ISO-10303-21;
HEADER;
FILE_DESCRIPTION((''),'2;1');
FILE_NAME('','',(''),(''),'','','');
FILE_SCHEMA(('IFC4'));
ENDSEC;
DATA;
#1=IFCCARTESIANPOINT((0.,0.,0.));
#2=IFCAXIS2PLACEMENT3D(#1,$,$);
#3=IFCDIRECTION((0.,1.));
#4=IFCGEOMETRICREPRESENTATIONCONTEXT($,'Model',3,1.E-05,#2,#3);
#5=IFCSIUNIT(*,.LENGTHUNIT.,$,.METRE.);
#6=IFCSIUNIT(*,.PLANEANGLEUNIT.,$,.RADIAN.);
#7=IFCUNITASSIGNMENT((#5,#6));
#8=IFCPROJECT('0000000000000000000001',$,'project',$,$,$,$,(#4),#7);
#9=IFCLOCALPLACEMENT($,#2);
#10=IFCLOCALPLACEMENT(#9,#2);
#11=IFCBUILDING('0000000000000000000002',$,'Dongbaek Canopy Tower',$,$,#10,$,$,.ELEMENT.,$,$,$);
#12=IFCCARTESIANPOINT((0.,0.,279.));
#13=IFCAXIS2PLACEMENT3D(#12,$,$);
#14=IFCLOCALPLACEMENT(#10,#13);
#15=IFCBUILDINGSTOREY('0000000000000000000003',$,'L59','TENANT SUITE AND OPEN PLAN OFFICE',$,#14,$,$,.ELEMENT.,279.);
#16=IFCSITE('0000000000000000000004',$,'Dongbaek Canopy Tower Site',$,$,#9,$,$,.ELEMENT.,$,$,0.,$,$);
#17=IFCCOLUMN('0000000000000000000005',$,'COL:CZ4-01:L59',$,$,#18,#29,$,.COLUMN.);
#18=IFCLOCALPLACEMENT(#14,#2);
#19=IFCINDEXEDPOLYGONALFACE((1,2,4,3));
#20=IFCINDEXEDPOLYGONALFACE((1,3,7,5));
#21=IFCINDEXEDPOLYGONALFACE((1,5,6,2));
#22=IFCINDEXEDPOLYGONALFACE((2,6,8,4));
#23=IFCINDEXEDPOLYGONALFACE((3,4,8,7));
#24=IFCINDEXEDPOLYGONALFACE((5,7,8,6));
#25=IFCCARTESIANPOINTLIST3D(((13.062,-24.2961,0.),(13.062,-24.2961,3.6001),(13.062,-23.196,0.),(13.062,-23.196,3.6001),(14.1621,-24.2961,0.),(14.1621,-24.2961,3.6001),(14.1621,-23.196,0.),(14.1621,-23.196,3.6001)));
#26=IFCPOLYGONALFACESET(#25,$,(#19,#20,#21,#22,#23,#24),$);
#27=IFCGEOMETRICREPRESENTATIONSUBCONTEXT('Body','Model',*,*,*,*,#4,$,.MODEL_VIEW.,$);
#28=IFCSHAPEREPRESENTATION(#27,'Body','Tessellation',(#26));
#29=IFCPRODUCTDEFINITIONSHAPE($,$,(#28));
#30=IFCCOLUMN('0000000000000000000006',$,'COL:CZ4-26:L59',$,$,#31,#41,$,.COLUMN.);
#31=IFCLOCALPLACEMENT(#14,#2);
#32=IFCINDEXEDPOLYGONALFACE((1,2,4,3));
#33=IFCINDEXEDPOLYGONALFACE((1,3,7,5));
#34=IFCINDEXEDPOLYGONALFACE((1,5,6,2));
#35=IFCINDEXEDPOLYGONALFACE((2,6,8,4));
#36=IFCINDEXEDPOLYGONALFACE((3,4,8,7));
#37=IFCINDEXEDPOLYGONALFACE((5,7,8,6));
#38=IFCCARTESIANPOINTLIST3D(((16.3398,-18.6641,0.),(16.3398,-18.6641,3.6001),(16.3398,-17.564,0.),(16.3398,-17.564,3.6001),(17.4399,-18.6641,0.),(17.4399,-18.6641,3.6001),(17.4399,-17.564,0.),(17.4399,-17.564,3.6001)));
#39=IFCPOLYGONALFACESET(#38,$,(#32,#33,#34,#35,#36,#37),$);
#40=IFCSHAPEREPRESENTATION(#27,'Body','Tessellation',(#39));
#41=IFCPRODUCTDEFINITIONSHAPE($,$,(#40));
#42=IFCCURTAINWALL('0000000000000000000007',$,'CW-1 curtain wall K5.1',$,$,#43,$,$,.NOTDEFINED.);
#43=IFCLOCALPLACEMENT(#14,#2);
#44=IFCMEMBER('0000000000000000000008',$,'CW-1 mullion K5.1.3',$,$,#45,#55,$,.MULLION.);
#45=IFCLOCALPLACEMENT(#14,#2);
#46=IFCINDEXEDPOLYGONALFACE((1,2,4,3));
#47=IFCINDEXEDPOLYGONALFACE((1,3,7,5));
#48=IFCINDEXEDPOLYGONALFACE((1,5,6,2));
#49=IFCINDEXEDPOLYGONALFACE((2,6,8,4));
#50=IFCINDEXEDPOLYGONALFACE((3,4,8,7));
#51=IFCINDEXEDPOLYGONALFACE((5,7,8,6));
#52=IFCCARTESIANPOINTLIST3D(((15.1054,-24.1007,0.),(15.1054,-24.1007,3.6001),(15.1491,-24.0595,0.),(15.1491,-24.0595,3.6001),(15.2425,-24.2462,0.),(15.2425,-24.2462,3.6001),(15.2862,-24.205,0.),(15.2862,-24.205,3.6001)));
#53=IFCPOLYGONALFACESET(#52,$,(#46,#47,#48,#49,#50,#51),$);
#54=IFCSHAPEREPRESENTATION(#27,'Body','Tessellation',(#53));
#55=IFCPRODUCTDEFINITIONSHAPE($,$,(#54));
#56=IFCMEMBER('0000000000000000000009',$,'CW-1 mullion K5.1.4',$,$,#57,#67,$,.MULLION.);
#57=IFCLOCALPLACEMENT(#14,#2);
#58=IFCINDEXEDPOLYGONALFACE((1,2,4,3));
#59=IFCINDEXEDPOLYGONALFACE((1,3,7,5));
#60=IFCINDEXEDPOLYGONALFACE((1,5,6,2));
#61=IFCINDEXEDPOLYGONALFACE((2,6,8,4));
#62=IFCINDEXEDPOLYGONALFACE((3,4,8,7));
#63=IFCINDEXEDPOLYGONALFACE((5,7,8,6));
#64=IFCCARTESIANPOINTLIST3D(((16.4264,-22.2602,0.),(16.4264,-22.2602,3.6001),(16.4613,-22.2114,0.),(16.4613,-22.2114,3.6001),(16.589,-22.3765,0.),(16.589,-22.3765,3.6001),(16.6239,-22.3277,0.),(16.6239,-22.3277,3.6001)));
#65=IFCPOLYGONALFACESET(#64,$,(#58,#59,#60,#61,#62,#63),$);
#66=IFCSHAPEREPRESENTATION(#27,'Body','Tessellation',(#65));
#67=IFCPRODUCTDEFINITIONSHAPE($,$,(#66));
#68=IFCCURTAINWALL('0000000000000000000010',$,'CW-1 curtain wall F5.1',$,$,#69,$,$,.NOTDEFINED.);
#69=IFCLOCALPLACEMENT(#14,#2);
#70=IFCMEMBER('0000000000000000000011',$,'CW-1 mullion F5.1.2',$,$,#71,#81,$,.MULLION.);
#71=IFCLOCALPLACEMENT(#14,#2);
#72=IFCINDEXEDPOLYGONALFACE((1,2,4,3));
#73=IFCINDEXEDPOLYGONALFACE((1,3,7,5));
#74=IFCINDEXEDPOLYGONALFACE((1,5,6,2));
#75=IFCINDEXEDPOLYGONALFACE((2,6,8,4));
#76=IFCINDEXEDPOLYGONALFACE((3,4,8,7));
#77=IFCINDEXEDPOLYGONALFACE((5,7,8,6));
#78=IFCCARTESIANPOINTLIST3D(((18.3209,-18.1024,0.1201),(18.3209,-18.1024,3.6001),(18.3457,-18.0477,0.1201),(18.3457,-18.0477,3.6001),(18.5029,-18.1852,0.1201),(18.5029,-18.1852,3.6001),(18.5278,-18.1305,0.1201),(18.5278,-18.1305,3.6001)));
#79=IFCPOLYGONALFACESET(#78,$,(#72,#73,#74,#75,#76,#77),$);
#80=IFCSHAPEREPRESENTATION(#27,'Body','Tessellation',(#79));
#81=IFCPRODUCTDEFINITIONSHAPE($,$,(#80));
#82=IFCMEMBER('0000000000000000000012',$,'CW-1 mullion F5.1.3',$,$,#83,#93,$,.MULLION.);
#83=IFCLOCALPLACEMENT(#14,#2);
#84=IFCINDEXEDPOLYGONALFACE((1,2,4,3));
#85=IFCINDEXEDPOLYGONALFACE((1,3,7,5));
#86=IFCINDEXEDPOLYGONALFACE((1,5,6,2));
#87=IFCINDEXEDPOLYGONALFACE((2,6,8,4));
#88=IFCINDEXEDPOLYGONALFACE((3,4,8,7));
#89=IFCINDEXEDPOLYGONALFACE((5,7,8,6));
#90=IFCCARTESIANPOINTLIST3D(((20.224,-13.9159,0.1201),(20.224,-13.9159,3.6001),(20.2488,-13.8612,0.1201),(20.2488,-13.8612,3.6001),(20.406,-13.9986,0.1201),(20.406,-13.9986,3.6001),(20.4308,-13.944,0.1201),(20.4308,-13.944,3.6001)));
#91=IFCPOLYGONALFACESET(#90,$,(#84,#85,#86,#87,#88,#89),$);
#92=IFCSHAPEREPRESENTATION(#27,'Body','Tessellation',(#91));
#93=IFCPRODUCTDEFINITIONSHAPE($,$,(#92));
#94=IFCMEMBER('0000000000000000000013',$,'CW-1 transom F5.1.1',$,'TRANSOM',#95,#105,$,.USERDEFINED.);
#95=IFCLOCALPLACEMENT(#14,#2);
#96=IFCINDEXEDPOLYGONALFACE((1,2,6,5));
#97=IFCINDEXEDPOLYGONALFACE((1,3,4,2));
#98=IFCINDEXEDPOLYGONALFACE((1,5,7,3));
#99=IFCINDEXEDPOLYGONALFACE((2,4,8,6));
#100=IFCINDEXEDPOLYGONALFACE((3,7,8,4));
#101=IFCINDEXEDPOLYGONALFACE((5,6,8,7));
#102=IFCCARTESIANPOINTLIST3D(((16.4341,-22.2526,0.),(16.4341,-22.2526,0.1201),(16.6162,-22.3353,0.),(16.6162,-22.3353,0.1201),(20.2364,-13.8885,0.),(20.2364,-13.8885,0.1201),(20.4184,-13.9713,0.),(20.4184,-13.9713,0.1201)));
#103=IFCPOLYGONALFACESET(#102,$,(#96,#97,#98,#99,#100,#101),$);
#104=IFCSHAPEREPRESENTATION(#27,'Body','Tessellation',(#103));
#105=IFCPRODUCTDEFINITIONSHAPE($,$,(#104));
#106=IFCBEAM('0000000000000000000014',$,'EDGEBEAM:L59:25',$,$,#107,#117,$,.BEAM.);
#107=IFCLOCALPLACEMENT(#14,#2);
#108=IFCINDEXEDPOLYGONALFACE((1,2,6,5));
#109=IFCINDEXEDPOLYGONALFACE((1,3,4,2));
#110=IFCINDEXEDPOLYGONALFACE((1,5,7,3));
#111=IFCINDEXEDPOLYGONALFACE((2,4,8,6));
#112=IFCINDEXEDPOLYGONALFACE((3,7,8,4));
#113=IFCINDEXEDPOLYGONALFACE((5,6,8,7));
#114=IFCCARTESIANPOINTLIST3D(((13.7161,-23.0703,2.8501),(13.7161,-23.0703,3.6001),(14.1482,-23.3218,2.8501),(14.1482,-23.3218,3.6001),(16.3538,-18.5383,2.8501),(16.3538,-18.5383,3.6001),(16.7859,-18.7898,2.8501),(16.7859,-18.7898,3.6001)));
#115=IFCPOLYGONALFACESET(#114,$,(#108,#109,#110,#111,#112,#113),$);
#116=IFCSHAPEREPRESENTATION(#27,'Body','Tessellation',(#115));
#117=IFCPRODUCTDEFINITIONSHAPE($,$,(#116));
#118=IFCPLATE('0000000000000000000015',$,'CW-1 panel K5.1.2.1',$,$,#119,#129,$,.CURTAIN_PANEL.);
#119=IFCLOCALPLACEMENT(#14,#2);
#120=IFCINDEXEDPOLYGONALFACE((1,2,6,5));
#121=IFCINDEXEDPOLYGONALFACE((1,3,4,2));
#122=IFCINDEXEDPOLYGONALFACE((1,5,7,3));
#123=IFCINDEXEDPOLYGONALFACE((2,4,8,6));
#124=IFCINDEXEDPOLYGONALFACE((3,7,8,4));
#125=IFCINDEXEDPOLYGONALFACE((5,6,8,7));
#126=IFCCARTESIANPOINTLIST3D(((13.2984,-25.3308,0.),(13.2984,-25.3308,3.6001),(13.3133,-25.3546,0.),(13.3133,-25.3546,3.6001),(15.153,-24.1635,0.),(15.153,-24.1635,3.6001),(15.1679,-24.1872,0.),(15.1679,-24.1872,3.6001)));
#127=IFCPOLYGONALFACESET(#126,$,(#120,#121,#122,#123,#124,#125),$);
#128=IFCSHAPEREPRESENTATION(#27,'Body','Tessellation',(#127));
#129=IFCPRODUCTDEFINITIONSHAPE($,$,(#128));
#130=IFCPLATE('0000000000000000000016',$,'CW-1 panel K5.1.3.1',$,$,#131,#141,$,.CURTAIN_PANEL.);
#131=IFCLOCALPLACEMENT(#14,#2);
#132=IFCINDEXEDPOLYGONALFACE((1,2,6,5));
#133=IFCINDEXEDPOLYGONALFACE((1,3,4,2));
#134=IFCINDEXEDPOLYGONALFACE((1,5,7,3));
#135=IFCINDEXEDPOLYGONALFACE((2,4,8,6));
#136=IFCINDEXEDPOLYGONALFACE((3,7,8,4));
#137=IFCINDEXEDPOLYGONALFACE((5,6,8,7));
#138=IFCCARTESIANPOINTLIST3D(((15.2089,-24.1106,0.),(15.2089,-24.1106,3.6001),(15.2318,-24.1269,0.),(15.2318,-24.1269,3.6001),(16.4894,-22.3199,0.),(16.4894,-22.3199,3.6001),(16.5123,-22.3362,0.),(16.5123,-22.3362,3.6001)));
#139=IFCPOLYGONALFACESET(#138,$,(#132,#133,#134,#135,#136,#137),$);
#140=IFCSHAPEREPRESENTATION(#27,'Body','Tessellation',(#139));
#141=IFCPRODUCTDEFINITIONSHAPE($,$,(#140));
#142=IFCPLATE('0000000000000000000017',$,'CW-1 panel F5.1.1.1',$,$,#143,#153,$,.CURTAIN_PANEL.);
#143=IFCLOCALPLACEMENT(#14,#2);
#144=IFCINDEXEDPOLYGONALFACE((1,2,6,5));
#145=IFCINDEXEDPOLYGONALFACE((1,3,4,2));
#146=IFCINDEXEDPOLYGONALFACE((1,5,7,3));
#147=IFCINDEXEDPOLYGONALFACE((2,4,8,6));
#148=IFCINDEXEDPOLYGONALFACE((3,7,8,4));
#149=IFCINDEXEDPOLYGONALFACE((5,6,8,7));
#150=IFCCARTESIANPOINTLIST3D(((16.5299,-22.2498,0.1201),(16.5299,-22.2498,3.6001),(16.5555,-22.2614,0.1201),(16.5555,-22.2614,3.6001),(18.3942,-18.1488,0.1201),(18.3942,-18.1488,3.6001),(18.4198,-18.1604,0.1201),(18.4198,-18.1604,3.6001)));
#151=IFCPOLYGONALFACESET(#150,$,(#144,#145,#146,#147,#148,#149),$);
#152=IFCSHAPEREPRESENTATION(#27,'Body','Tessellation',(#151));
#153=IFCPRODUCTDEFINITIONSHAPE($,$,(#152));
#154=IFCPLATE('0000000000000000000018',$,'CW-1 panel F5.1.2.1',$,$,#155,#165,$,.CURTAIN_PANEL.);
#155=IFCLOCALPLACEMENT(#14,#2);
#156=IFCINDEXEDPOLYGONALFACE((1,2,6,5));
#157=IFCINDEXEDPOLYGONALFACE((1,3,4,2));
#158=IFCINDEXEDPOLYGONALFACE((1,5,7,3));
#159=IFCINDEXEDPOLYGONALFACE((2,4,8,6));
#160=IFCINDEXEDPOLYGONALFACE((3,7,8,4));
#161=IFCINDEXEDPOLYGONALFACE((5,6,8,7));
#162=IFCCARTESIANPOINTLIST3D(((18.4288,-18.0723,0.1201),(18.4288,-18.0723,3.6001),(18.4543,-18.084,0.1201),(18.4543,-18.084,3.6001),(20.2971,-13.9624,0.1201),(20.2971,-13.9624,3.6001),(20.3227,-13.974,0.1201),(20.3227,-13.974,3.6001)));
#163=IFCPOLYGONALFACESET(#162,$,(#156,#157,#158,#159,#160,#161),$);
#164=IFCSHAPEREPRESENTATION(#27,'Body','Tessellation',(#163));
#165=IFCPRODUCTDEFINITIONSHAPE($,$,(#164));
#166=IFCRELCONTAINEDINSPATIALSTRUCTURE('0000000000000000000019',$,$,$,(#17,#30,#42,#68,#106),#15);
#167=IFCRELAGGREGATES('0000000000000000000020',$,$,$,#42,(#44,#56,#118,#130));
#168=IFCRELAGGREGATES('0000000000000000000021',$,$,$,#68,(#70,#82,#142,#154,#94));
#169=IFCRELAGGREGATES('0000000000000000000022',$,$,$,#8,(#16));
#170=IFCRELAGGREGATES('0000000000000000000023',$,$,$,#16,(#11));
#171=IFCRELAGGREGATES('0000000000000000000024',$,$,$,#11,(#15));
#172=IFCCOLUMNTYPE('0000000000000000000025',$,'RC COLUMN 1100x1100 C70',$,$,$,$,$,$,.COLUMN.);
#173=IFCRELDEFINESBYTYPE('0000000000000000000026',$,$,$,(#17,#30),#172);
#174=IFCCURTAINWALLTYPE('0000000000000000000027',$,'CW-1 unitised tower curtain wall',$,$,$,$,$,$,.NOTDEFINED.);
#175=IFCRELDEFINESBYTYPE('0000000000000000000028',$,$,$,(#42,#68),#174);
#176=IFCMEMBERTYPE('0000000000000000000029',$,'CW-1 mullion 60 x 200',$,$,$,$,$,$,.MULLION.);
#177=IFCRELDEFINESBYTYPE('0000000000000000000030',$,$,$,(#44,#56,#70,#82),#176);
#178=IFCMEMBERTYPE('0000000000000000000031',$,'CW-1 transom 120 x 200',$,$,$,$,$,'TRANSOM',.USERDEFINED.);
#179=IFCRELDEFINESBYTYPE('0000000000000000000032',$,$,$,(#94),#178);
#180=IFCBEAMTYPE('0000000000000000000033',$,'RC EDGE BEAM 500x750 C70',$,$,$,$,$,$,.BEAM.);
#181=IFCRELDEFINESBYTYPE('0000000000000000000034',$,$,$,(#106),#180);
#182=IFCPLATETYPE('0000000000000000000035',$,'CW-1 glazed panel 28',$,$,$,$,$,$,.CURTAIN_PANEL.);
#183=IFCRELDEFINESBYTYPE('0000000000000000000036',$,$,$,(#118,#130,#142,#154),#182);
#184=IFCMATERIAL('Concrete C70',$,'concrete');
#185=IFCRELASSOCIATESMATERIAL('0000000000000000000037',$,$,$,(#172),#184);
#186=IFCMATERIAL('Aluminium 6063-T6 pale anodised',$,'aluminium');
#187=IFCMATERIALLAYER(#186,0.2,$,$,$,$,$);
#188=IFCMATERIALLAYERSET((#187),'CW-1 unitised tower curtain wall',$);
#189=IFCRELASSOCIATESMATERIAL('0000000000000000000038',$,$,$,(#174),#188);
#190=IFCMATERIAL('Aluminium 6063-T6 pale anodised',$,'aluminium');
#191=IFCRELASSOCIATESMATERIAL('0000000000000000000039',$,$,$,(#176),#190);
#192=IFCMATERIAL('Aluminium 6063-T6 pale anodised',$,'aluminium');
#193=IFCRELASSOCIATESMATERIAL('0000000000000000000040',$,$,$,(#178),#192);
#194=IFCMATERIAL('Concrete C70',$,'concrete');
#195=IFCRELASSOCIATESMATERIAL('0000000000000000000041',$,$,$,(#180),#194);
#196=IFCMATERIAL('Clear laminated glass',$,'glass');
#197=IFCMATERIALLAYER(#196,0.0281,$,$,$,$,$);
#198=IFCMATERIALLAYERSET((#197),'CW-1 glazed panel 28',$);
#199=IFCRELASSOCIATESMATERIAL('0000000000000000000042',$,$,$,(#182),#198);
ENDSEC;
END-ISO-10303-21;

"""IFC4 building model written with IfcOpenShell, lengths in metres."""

from ifc_helpers import new_model, si_unit, direction, frame, origin, origin_2d, place, context, subcontext, project, spatial, rectangle, extrude, material, layer, layer_set, material_profile, profile_set, type_object, element, aggregate, save


model = new_model("IFC4")

# Units and contexts
model_context = context("Model", 3, precision=1e-05, world=origin(), true_north=direction((0.0, 1.0)))
body_context = subcontext(model_context, "Body", "Model", "MODEL_VIEW")
ifc_project = project(units=[si_unit("LENGTHUNIT", "METRE"), si_unit("PLANEANGLEUNIT", "RADIAN")], contexts=[model_context])

# Site, building, storey
site_placement = place(None, origin())
site = spatial("IfcSite", under=ifc_project, at=site_placement, Name="Dongbaek Canopy Tower Site", CompositionType="ELEMENT", RefElevation=0.0)
building_placement = place(site_placement, origin())
building = spatial("IfcBuilding", under=site, at=building_placement, Name="Dongbaek Canopy Tower", CompositionType="ELEMENT")
storey_placement = place(building_placement, frame((0.0, 0.0, 279.0)))
storey = spatial("IfcBuildingStorey", under=building, at=storey_placement, Name="L59", Description="TENANT SUITE AND OPEN PLAN OFFICE", CompositionType="ELEMENT", Elevation=279.0)

# Columns
ifc_material_1 = material(Name="Concrete C70", Category="concrete")
ifc_material_profile_1 = material_profile(ifc_material_1, rectangle(XDim=1.1001, YDim=1.1001, at=origin_2d()), Name="RC COLUMN 1100x1100 C70")
ifc_profile_set_1 = profile_set([ifc_material_profile_1], Name="Concrete C70")
column_type = type_object("IfcColumnType", Name="RC COLUMN 1100x1100 C70", PredefinedType="COLUMN", material=ifc_profile_set_1)
for number, where, z_axis, x_axis, name in (
    (1, (13.6121, -23.7461, 0.0), (0.0, 0.0, 1.0), (1.0, 0.0, 0.0), "COL:CZ4-01:L59"),
    (2, (16.8899, -18.114, 0.0), (0.0, 0.0, 1.0), (1.0, 0.0, 0.0), "COL:CZ4-26:L59"),
):
    element("IfcColumn", number, at=place(storey_placement, frame(where, z_axis=z_axis, x_axis=x_axis)), inside=storey, type_object=column_type, Name=name, PredefinedType="COLUMN", context=body_context, shape_type="SweptSolid", body=[
        extrude(rectangle(XDim=1.1001, YDim=1.1001, at=origin_2d()), origin(), (0.0, 0.0, 1.0), 3.6001),
    ])

# Curtain walls, members
ifc_material_2 = material(Name="Aluminium 6063-T6 pale anodised", Category="aluminium")
ifc_layer_1 = layer(ifc_material_2, 0.2)
ifc_layer_set_1 = layer_set([ifc_layer_1], Name="CW-1 unitised tower curtain wall")
curtain_wall_type = type_object("IfcCurtainWallType", Name="CW-1 unitised tower curtain wall", PredefinedType="NOTDEFINED", material=ifc_layer_set_1)
curtain_wall_1_placement = place(storey_placement, origin())
curtain_wall_1 = element("IfcCurtainWall", 3, at=curtain_wall_1_placement, inside=storey, type_object=curtain_wall_type, Name="CW-1 curtain wall K5.1", PredefinedType="NOTDEFINED")
ifc_material_3 = material(Name="Aluminium 6063-T6 pale anodised", Category="aluminium")
ifc_material_profile_2 = material_profile(ifc_material_3, rectangle(XDim=0.2, YDim=0.0601, at=origin_2d()), Name="CW-1 mullion 60 x 200")
ifc_profile_set_2 = profile_set([ifc_material_profile_2], Name="Aluminium 6063-T6 pale anodised")
member_type_1 = type_object("IfcMemberType", Name="CW-1 mullion 60 x 200", PredefinedType="MULLION", material=ifc_profile_set_2)
member_1_placement = place(storey_placement, frame((15.1958, -24.1528, 0.0), z_axis=(0.0, 0.0, 1.0), x_axis=(0.68595, -0.727649, 0.0)))
member_1 = element("IfcMember", 4, at=member_1_placement, type_object=member_type_1, Name="CW-1 mullion K5.1.3", PredefinedType="MULLION", context=body_context, shape_type="SweptSolid", body=[
    extrude(rectangle(XDim=0.2, YDim=0.0601, at=origin_2d()), origin(), (0.0, 0.0, 1.0), 3.6001),
])
member_2_placement = place(storey_placement, frame((16.5251, -22.2939, 0.0), z_axis=(0.0, 0.0, 1.0), x_axis=(0.813427, -0.581667, 0.0)))
member_2 = element("IfcMember", 5, at=member_2_placement, type_object=member_type_1, Name="CW-1 mullion K5.1.4", PredefinedType="MULLION", context=body_context, shape_type="SweptSolid", body=[
    extrude(rectangle(XDim=0.2, YDim=0.0601, at=origin_2d()), origin(), (0.0, 0.0, 1.0), 3.6001),
])
curtain_wall_2_placement = place(storey_placement, origin())
curtain_wall_2 = element("IfcCurtainWall", 6, at=curtain_wall_2_placement, inside=storey, type_object=curtain_wall_type, Name="CW-1 curtain wall F5.1", PredefinedType="NOTDEFINED")
member_3_placement = place(storey_placement, frame((18.4243, -18.1165, 0.1201), z_axis=(0.0, 0.0, 1.0), x_axis=(0.910351, -0.413837, 0.0)))
member_3 = element("IfcMember", 7, at=member_3_placement, type_object=member_type_1, Name="CW-1 mullion F5.1.2", PredefinedType="MULLION", context=body_context, shape_type="SweptSolid", body=[
    extrude(rectangle(XDim=0.2, YDim=0.0601, at=origin_2d()), origin(), (0.0, 0.0, 1.0), 3.48),
])
member_4_placement = place(storey_placement, frame((20.3274, -13.9299, 0.1201), z_axis=(0.0, 0.0, 1.0), x_axis=(0.910351, -0.413837, 0.0)))
member_4 = element("IfcMember", 8, at=member_4_placement, type_object=member_type_1, Name="CW-1 mullion F5.1.3", PredefinedType="MULLION", context=body_context, shape_type="SweptSolid", body=[
    extrude(rectangle(XDim=0.2, YDim=0.0601, at=origin_2d()), origin(), (0.0, 0.0, 1.0), 3.48),
])
ifc_material_4 = material(Name="Aluminium 6063-T6 pale anodised", Category="aluminium")
ifc_material_profile_3 = material_profile(ifc_material_4, rectangle(XDim=0.2, YDim=0.1201, at=origin_2d()), Name="CW-1 transom 120 x 200")
ifc_profile_set_3 = profile_set([ifc_material_profile_3], Name="Aluminium 6063-T6 pale anodised")
member_type_2 = type_object("IfcMemberType", Name="CW-1 transom 120 x 200", ElementType="TRANSOM", PredefinedType="USERDEFINED", material=ifc_profile_set_3)
member_5_placement = place(storey_placement, frame((16.5251, -22.2939, 0.0601), z_axis=(0.413841, 0.910349, 0.0), x_axis=(-0.910349, 0.413841, 0.0)))
member_5 = element("IfcMember", 9, at=member_5_placement, type_object=member_type_2, Name="CW-1 transom F5.1.1", ObjectType="TRANSOM", PredefinedType="USERDEFINED", context=body_context, shape_type="SweptSolid", body=[
    extrude(rectangle(XDim=0.2, YDim=0.1201, at=origin_2d()), origin(), (0.0, 0.0, 1.0), 9.1877),
])

# Beam
ifc_material_5 = material(Name="Concrete C70", Category="concrete")
ifc_material_profile_4 = material_profile(ifc_material_5, rectangle(XDim=0.5, YDim=0.75, at=origin_2d()), Name="RC EDGE BEAM 500x750 C70")
ifc_profile_set_4 = profile_set([ifc_material_profile_4], Name="Concrete C70")
beam_type = type_object("IfcBeamType", Name="RC EDGE BEAM 500x750 C70", PredefinedType="BEAM", material=ifc_profile_set_4)
beam_placement = place(storey_placement, frame((16.5698, -18.6641, 3.2251), z_axis=(-0.503023, -0.864273, 0.0), x_axis=(0.864273, -0.503023, 0.0)))
element("IfcBeam", 10, at=beam_placement, inside=storey, type_object=beam_type, Name="EDGEBEAM:L59:25", PredefinedType="BEAM", context=body_context, shape_type="SweptSolid", body=[
    extrude(rectangle(XDim=0.5, YDim=0.75, at=origin_2d()), origin(), (0.0, 0.0, 1.0), 5.2437),
])

# Plates
ifc_material_6 = material(Name="Clear laminated glass", Category="glass")
ifc_layer_2 = layer(ifc_material_6, 0.0281)
ifc_layer_set_2 = layer_set([ifc_layer_2], Name="CW-1 glazed panel 28")
plate_type = type_object("IfcPlateType", Name="CW-1 glazed panel 28", PredefinedType="CURTAIN_PANEL", material=ifc_layer_set_2)
plate_1_placement = place(storey_placement, frame((14.2332, -24.759, 0.0), z_axis=(0.0, 0.0, 1.0), x_axis=(0.846299, 0.532708, 0.0)))
plate_1 = element("IfcPlate", 11, at=plate_1_placement, type_object=plate_type, Name="CW-1 panel K5.1.2.1", PredefinedType="CURTAIN_PANEL", context=body_context, shape_type="SweptSolid", body=[
    extrude(rectangle(XDim=2.1914, YDim=0.0281, at=origin_2d()), origin(), (0.0, 0.0, 1.0), 3.6001),
])
plate_2_placement = place(storey_placement, frame((15.8606, -23.2234, 0.0), z_axis=(0.0, 0.0, 1.0), x_axis=(0.581667, 0.813427, 0.0)))
plate_2 = element("IfcPlate", 12, at=plate_2_placement, type_object=plate_type, Name="CW-1 panel K5.1.3.1", PredefinedType="CURTAIN_PANEL", context=body_context, shape_type="SweptSolid", body=[
    extrude(rectangle(XDim=2.2014, YDim=0.0281, at=origin_2d()), origin(), (0.0, 0.0, 1.0), 3.6001),
])
plate_3_placement = place(storey_placement, frame((17.4749, -20.2051, 0.1201), z_axis=(0.0, 0.0, 1.0), x_axis=(0.413837, 0.910351, 0.0)))
plate_3 = element("IfcPlate", 13, at=plate_3_placement, type_object=plate_type, Name="CW-1 panel F5.1.1.1", PredefinedType="CURTAIN_PANEL", context=body_context, shape_type="SweptSolid", body=[
    extrude(rectangle(XDim=4.5049, YDim=0.0281, at=origin_2d()), origin(), (0.0, 0.0, 1.0), 3.48),
])
plate_4_placement = place(storey_placement, frame((19.3757, -16.0232, 0.1201), z_axis=(0.0, 0.0, 1.0), x_axis=(0.413837, 0.910351, 0.0)))
plate_4 = element("IfcPlate", 14, at=plate_4_placement, type_object=plate_type, Name="CW-1 panel F5.1.2.1", PredefinedType="CURTAIN_PANEL", context=body_context, shape_type="SweptSolid", body=[
    extrude(rectangle(XDim=4.5146, YDim=0.0281, at=origin_2d()), origin(), (0.0, 0.0, 1.0), 3.48),
])

aggregate(curtain_wall_1, [member_1, member_2, plate_1, plate_2])
aggregate(curtain_wall_2, [member_3, member_4, plate_3, plate_4, member_5])

save(model, "model.ifc")
